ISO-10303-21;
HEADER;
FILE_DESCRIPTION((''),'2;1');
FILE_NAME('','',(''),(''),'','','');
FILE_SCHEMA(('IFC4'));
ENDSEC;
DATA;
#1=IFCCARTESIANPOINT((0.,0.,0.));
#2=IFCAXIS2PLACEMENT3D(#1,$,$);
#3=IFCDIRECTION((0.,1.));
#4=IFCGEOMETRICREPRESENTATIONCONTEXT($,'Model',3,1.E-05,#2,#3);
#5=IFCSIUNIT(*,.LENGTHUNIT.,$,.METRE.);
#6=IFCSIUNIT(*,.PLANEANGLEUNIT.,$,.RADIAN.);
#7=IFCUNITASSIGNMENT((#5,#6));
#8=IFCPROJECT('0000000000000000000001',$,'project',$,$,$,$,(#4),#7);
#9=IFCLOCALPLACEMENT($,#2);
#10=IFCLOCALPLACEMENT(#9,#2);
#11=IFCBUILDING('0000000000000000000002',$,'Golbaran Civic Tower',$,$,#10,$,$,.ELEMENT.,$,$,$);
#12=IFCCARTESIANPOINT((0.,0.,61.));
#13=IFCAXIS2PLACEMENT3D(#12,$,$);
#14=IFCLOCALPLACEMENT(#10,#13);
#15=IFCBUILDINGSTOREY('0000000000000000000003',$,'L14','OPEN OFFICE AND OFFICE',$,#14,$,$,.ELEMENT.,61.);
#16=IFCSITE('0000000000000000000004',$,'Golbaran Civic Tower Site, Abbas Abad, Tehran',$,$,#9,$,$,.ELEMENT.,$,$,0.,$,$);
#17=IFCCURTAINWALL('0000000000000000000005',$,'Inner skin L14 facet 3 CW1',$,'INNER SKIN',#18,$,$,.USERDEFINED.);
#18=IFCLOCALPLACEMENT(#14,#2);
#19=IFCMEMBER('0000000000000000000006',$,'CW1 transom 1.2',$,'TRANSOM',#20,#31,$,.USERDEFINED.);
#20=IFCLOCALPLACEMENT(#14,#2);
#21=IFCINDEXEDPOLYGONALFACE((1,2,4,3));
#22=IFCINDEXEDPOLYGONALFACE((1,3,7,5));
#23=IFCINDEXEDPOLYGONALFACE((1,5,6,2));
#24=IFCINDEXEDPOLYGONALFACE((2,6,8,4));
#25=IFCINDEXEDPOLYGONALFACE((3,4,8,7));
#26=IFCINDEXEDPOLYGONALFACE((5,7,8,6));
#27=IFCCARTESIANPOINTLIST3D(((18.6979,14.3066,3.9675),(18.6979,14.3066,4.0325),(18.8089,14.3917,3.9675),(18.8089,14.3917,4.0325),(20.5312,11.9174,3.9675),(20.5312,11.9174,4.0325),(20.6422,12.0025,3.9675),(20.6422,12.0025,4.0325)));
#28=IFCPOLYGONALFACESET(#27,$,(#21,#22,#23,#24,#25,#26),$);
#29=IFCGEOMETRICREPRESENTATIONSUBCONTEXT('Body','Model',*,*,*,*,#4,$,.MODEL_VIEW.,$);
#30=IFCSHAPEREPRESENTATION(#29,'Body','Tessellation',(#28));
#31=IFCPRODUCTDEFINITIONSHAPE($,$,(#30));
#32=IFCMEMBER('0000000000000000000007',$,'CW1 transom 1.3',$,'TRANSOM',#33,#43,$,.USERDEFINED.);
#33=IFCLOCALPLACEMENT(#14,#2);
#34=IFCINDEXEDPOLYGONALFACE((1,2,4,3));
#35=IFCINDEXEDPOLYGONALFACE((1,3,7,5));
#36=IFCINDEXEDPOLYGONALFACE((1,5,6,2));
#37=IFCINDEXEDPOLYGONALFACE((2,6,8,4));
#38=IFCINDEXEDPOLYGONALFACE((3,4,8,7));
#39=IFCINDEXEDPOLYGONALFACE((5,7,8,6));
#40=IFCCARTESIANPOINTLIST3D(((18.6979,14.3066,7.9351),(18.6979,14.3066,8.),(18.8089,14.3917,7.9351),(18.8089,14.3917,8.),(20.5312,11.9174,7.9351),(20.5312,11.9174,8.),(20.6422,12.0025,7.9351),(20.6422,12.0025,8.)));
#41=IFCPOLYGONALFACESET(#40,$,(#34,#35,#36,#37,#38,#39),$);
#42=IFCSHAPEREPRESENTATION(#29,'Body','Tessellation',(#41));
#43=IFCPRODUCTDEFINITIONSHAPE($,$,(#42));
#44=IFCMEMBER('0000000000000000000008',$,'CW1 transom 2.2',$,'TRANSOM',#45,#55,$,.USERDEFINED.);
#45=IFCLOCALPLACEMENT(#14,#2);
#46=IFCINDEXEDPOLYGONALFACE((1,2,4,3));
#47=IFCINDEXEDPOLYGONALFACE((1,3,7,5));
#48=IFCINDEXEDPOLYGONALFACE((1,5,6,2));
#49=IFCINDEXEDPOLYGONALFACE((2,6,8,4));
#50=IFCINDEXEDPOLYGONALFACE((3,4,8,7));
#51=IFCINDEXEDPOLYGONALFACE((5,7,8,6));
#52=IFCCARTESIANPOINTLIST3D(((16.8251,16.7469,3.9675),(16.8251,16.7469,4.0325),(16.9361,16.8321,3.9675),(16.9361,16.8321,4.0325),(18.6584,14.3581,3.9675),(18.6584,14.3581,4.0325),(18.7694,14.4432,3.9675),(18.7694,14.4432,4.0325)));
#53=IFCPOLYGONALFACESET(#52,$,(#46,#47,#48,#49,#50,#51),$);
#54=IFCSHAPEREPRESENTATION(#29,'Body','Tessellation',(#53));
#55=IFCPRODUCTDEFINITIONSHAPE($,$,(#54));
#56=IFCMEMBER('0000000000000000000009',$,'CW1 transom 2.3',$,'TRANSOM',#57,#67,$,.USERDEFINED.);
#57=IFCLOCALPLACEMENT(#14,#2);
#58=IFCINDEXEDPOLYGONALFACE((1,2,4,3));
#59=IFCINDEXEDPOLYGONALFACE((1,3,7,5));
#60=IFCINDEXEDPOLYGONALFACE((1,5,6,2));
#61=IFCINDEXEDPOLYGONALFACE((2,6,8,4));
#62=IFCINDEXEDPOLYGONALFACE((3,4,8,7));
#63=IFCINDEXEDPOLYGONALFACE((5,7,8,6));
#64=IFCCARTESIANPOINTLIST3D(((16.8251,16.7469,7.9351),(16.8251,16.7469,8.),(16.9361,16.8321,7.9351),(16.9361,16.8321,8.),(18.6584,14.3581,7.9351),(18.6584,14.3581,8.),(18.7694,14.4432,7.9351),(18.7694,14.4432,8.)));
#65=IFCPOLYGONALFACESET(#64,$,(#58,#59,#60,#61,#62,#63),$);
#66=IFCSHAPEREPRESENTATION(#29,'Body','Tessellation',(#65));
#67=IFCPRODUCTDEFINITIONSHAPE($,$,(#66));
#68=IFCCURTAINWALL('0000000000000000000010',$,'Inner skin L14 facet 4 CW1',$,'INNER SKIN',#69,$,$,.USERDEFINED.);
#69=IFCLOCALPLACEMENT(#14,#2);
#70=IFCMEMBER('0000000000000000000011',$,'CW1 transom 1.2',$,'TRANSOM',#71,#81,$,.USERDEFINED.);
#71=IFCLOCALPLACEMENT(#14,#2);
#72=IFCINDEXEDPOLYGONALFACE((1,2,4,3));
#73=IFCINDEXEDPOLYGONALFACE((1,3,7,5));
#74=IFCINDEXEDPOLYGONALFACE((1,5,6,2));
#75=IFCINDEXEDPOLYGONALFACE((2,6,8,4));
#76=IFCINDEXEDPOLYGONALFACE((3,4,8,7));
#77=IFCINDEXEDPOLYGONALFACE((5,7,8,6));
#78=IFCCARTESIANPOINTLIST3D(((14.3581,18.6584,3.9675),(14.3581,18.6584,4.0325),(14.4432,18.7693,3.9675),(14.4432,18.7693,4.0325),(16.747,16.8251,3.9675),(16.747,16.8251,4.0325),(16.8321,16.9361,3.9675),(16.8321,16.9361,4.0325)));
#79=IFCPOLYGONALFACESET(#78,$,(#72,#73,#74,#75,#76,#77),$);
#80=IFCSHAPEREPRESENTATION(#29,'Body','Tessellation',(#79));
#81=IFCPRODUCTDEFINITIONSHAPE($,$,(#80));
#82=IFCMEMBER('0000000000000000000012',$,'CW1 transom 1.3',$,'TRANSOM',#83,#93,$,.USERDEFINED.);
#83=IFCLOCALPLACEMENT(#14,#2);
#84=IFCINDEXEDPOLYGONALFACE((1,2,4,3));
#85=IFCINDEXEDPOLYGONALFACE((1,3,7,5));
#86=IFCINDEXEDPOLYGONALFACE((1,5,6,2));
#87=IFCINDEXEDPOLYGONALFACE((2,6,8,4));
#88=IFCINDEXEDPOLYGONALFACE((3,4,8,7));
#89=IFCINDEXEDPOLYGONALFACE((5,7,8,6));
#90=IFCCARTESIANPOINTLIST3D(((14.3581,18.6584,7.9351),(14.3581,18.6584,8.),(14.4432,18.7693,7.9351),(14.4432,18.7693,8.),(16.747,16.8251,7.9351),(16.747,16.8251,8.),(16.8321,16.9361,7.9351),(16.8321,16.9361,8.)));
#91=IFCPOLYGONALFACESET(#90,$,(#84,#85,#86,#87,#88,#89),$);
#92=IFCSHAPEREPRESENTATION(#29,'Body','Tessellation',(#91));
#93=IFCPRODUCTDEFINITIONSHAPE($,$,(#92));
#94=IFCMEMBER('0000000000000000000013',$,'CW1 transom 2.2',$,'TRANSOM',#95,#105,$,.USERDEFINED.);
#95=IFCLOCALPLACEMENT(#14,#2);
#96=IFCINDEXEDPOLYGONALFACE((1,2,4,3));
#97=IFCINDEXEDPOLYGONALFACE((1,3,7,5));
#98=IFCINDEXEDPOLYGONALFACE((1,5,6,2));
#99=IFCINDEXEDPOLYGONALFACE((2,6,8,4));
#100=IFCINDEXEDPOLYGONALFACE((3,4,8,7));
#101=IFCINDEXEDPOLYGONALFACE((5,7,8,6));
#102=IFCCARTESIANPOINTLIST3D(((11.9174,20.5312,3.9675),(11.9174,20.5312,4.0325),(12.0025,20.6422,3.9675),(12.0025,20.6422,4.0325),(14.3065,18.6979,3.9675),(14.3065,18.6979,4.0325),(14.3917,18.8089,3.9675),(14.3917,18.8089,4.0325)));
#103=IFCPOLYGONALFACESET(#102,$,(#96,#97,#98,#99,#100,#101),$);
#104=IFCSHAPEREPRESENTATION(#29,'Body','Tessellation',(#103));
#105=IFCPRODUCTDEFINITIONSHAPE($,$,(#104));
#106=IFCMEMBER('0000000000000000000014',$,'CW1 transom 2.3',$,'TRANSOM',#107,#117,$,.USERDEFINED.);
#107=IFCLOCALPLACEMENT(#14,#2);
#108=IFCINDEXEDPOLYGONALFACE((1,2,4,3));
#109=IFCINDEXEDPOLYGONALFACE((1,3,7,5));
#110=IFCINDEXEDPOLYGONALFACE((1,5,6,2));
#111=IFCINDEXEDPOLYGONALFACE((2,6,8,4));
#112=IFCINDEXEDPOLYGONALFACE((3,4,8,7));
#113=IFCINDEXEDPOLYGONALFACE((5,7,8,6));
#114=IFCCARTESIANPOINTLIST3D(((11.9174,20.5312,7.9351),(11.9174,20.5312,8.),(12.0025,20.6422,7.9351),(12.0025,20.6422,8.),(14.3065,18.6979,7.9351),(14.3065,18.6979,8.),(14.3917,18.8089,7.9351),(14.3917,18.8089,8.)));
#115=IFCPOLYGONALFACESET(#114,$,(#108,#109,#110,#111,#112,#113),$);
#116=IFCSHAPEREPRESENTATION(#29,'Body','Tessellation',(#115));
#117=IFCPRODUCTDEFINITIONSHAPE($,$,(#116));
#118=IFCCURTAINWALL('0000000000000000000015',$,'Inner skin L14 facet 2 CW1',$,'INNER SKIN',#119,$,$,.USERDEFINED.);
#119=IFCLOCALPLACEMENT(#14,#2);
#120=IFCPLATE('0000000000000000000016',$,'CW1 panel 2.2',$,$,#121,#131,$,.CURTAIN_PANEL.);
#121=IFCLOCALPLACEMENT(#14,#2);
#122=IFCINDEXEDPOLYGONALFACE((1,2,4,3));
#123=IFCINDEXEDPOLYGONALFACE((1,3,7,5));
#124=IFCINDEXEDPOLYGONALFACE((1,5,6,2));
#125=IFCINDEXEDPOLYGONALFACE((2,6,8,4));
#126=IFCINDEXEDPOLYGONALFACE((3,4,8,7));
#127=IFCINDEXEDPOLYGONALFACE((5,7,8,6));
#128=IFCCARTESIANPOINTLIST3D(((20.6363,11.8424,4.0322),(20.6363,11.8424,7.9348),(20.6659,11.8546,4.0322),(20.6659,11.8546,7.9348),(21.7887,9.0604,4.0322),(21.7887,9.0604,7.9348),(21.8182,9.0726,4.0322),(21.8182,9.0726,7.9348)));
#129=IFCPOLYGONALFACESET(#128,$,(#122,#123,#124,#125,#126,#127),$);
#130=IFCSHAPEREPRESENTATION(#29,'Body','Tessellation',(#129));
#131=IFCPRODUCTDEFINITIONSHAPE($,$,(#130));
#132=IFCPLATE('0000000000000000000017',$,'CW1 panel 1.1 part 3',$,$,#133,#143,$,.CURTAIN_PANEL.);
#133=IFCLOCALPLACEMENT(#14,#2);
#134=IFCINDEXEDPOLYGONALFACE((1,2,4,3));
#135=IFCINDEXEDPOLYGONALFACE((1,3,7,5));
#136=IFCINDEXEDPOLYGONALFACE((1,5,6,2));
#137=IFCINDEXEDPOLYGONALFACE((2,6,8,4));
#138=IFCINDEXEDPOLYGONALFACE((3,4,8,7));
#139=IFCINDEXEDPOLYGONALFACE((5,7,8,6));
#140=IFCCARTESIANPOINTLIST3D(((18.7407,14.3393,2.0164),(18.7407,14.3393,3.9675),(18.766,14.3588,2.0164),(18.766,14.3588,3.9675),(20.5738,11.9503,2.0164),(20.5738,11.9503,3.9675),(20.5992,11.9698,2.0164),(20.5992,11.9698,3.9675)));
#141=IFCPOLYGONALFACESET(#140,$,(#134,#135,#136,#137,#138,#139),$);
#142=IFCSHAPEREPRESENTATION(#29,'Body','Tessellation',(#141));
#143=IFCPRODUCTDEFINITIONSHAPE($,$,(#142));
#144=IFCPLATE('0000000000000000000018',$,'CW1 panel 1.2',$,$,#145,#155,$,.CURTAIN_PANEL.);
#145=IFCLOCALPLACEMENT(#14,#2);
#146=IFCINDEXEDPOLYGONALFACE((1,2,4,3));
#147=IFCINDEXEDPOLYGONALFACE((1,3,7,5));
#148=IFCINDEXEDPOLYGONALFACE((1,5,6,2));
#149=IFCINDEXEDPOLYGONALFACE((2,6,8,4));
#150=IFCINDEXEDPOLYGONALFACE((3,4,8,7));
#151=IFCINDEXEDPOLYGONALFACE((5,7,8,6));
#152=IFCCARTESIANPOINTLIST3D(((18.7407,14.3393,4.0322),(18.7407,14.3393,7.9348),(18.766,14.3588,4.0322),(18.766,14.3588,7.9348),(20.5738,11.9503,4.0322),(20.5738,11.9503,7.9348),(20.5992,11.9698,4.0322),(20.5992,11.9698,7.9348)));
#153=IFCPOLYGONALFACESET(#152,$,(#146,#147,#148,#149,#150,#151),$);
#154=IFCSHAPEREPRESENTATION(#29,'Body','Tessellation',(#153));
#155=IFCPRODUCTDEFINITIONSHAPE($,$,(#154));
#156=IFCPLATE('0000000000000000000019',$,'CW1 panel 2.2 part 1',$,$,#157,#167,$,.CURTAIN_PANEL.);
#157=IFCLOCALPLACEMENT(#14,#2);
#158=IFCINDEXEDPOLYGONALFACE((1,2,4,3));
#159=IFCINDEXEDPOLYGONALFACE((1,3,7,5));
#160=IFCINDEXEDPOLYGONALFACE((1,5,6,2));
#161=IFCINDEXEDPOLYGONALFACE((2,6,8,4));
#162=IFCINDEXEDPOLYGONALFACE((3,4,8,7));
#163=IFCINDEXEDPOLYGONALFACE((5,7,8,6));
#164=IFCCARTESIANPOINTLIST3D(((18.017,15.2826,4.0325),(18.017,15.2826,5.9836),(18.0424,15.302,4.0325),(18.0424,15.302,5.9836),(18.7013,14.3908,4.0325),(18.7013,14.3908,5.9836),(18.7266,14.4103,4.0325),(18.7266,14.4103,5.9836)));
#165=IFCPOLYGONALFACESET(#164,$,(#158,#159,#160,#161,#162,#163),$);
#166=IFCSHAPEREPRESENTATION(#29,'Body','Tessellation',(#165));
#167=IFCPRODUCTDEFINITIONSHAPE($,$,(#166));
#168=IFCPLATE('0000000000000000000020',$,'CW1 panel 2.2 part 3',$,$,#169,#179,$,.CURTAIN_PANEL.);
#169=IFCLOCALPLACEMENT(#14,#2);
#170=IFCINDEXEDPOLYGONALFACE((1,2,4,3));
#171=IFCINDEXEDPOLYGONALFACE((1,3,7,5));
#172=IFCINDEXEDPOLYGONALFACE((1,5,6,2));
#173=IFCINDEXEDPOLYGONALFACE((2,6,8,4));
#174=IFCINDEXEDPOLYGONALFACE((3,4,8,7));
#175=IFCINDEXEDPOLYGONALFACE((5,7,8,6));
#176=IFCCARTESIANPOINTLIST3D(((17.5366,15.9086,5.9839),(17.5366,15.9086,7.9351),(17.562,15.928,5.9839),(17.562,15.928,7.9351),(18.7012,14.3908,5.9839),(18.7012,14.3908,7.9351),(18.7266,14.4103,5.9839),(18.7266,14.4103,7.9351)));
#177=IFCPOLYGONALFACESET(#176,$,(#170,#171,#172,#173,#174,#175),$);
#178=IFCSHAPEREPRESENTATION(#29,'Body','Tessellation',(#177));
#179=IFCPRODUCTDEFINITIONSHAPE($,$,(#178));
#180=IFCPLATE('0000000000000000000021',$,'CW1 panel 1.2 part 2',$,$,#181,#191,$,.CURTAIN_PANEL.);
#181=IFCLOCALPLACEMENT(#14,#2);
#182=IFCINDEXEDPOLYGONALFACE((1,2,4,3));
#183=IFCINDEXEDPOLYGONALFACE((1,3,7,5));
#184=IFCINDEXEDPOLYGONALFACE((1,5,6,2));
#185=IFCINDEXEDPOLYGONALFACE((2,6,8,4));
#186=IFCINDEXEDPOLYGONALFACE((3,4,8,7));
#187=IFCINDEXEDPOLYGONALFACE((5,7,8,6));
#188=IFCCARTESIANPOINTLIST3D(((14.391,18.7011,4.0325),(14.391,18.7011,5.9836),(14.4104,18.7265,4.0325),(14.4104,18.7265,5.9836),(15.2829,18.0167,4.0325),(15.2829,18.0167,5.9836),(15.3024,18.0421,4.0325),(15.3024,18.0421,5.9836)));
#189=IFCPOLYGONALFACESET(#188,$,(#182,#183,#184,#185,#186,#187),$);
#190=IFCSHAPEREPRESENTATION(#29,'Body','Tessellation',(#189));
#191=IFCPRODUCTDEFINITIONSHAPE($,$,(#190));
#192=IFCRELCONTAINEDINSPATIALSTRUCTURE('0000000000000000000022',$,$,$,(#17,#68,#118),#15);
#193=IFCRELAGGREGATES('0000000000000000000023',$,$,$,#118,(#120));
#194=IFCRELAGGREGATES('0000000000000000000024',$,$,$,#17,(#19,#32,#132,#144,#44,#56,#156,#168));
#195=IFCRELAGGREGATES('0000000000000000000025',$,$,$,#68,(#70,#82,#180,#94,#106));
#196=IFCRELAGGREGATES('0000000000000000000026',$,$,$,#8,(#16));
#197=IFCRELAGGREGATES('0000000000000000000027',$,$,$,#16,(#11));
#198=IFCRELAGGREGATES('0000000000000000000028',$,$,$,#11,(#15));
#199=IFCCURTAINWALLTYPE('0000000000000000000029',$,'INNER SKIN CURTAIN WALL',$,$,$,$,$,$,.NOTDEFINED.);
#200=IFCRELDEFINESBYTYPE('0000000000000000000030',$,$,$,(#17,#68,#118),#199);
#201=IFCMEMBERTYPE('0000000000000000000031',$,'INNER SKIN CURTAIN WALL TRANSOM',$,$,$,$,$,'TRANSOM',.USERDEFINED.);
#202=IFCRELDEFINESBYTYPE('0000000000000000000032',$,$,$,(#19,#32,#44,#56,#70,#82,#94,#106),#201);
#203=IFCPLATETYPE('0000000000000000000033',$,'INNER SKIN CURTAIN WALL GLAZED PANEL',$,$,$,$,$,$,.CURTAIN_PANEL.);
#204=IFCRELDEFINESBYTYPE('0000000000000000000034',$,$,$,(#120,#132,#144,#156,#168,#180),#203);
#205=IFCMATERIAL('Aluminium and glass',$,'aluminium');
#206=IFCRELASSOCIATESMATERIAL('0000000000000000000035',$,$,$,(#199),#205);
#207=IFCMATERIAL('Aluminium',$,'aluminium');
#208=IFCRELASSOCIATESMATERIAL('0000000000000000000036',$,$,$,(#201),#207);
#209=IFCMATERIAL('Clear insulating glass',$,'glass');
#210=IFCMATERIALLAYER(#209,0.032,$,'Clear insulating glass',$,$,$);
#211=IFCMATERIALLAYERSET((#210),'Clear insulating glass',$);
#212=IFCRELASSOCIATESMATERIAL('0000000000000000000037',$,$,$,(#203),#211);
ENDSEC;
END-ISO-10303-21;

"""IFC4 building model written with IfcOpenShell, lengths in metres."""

from ifc_helpers import new_model, si_unit, direction, frame, origin, origin_2d, place, context, subcontext, project, spatial, rectangle, extrude, material, layer, layer_set, material_profile, profile_set, type_object, element, aggregate, save


model = new_model("IFC4")

# Units and contexts
model_context = context("Model", 3, precision=1e-05, world=origin(), true_north=direction((0.0, 1.0)))
body_context = subcontext(model_context, "Body", "Model", "MODEL_VIEW")
ifc_project = project(units=[si_unit("LENGTHUNIT", "METRE"), si_unit("PLANEANGLEUNIT", "RADIAN")], contexts=[model_context])

# Site, building, storey
site_placement = place(None, origin())
site = spatial("IfcSite", under=ifc_project, at=site_placement, Name="Golbaran Civic Tower Site, Abbas Abad, Tehran", CompositionType="ELEMENT", RefElevation=0.0)
building_placement = place(site_placement, origin())
building = spatial("IfcBuilding", under=site, at=building_placement, Name="Golbaran Civic Tower", CompositionType="ELEMENT")
storey_placement = place(building_placement, frame((0.0, 0.0, 61.0)))
storey = spatial("IfcBuildingStorey", under=building, at=storey_placement, Name="L14", Description="OPEN OFFICE AND OFFICE", CompositionType="ELEMENT", Elevation=61.0)

# Curtain walls, members
ifc_material_1 = material(Name="Aluminium and glass", Category="aluminium")
curtain_wall_type = type_object("IfcCurtainWallType", Name="INNER SKIN CURTAIN WALL", PredefinedType="NOTDEFINED", material=ifc_material_1)
curtain_wall_1_placement = place(storey_placement, origin())
curtain_wall_1 = element("IfcCurtainWall", 1, at=curtain_wall_1_placement, inside=storey, type_object=curtain_wall_type, Name="Inner skin L14 facet 3 CW1", ObjectType="INNER SKIN", PredefinedType="USERDEFINED")
ifc_material_2 = material(Name="Aluminium", Category="aluminium")
ifc_material_profile = material_profile(ifc_material_2, rectangle(XDim=0.1399, YDim=0.0649, at=origin_2d()), Name="INNER SKIN CURTAIN WALL TRANSOM")
ifc_profile_set = profile_set([ifc_material_profile], Name="Aluminium")
member_type = type_object("IfcMemberType", Name="INNER SKIN CURTAIN WALL TRANSOM", ElementType="TRANSOM", PredefinedType="USERDEFINED", material=ifc_profile_set)
member_1_placement = place(storey_placement, frame((20.5867, 11.96, 4.0), z_axis=(-0.608758, 0.793356, 0.0), x_axis=(-0.793356, -0.608758, 0.0)))
member_1 = element("IfcMember", 2, at=member_1_placement, type_object=member_type, Name="CW1 transom 1.2", ObjectType="TRANSOM", PredefinedType="USERDEFINED", context=body_context, shape_type="SweptSolid", body=[
    extrude(rectangle(XDim=0.1399, YDim=0.0649, at=origin_2d()), origin(), (0.0, 0.0, 1.0), 3.0115),
])
member_2_placement = place(storey_placement, frame((20.5867, 11.96, 7.9675), z_axis=(-0.608758, 0.793356, 0.0), x_axis=(-0.793356, -0.608758, 0.0)))
member_2 = element("IfcMember", 3, at=member_2_placement, type_object=member_type, Name="CW1 transom 1.3", ObjectType="TRANSOM", PredefinedType="USERDEFINED", context=body_context, shape_type="SweptSolid", body=[
    extrude(rectangle(XDim=0.1399, YDim=0.0649, at=origin_2d()), origin(), (0.0, 0.0, 1.0), 3.0115),
])
member_3_placement = place(storey_placement, frame((18.7139, 14.4006, 4.0), z_axis=(-0.608797, 0.793326, 0.0), x_axis=(-0.793326, -0.608797, 0.0)))
member_3 = element("IfcMember", 4, at=member_3_placement, type_object=member_type, Name="CW1 transom 2.2", ObjectType="TRANSOM", PredefinedType="USERDEFINED", context=body_context, shape_type="SweptSolid", body=[
    extrude(rectangle(XDim=0.1399, YDim=0.0649, at=origin_2d()), origin(), (0.0, 0.0, 1.0), 3.0112),
])
member_4_placement = place(storey_placement, frame((18.7139, 14.4006, 7.9675), z_axis=(-0.608797, 0.793326, 0.0), x_axis=(-0.793326, -0.608797, 0.0)))
member_4 = element("IfcMember", 5, at=member_4_placement, type_object=member_type, Name="CW1 transom 2.3", ObjectType="TRANSOM", PredefinedType="USERDEFINED", context=body_context, shape_type="SweptSolid", body=[
    extrude(rectangle(XDim=0.1399, YDim=0.0649, at=origin_2d()), origin(), (0.0, 0.0, 1.0), 3.0112),
])
curtain_wall_2_placement = place(storey_placement, origin())
curtain_wall_2 = element("IfcCurtainWall", 6, at=curtain_wall_2_placement, inside=storey, type_object=curtain_wall_type, Name="Inner skin L14 facet 4 CW1", ObjectType="INNER SKIN", PredefinedType="USERDEFINED")
member_5_placement = place(storey_placement, frame((16.7896, 16.8806, 4.0), z_axis=(-0.793326, 0.608797, 0.0), x_axis=(-0.608797, -0.793326, 0.0)))
member_5 = element("IfcMember", 7, at=member_5_placement, type_object=member_type, Name="CW1 transom 1.2", ObjectType="TRANSOM", PredefinedType="USERDEFINED", context=body_context, shape_type="SweptSolid", body=[
    extrude(rectangle(XDim=0.1399, YDim=0.0649, at=origin_2d()), origin(), (0.0, 0.0, 1.0), 3.0112),
])
member_6_placement = place(storey_placement, frame((16.7896, 16.8806, 7.9675), z_axis=(-0.793326, 0.608797, 0.0), x_axis=(-0.608797, -0.793326, 0.0)))
member_6 = element("IfcMember", 8, at=member_6_placement, type_object=member_type, Name="CW1 transom 1.3", ObjectType="TRANSOM", PredefinedType="USERDEFINED", context=body_context, shape_type="SweptSolid", body=[
    extrude(rectangle(XDim=0.1399, YDim=0.0649, at=origin_2d()), origin(), (0.0, 0.0, 1.0), 3.0112),
])
member_7_placement = place(storey_placement, frame((14.3491, 18.7534, 4.0), z_axis=(-0.793356, 0.608758, 0.0), x_axis=(-0.608758, -0.793356, 0.0)))
member_7 = element("IfcMember", 9, at=member_7_placement, type_object=member_type, Name="CW1 transom 2.2", ObjectType="TRANSOM", PredefinedType="USERDEFINED", context=body_context, shape_type="SweptSolid", body=[
    extrude(rectangle(XDim=0.1399, YDim=0.0649, at=origin_2d()), origin(), (0.0, 0.0, 1.0), 3.0115),
])
member_8_placement = place(storey_placement, frame((14.3491, 18.7534, 7.9675), z_axis=(-0.793356, 0.608758, 0.0), x_axis=(-0.608758, -0.793356, 0.0)))
member_8 = element("IfcMember", 10, at=member_8_placement, type_object=member_type, Name="CW1 transom 2.3", ObjectType="TRANSOM", PredefinedType="USERDEFINED", context=body_context, shape_type="SweptSolid", body=[
    extrude(rectangle(XDim=0.1399, YDim=0.0649, at=origin_2d()), origin(), (0.0, 0.0, 1.0), 3.0115),
])

# Curtain wall, plate
curtain_wall_3_placement = place(storey_placement, origin())
curtain_wall_3 = element("IfcCurtainWall", 11, at=curtain_wall_3_placement, inside=storey, type_object=curtain_wall_type, Name="Inner skin L14 facet 2 CW1", ObjectType="INNER SKIN", PredefinedType="USERDEFINED")
ifc_material_3 = material(Name="Clear insulating glass", Category="glass")
ifc_layer_1 = layer(ifc_material_3, 0.032, Name="Clear insulating glass")
ifc_layer_set_1 = layer_set([ifc_layer_1], Name="Clear insulating glass")
plate_type_1 = type_object("IfcPlateType", Name="INNER SKIN CURTAIN WALL GLAZED PANEL", PredefinedType="CURTAIN_PANEL", material=ifc_layer_set_1)
plate_1_placement = place(storey_placement, frame((21.2273, 10.4575, 4.0322), z_axis=(0.0, 0.0, 1.0), x_axis=(-0.382683, 0.92388, 0.0)))
plate_1 = element("IfcPlate", 12, at=plate_1_placement, type_object=plate_type_1, Name="CW1 panel 2.2", PredefinedType="CURTAIN_PANEL", context=body_context, shape_type="SweptSolid", body=[
    extrude(rectangle(XDim=3.0112, YDim=0.032, at=origin_2d()), origin(), (0.0, 0.0, 1.0), 3.9026),
])
aggregate(curtain_wall_3, [plate_1])

# Plates
plate_2_placement = place(storey_placement, frame((19.6699, 13.1545, 2.0164), z_axis=(0.0, 0.0, 1.0), x_axis=(-0.608761, 0.793353, 0.0)))
plate_2 = element("IfcPlate", 13, at=plate_2_placement, type_object=plate_type_1, Name="CW1 panel 1.1 part 3", PredefinedType="CURTAIN_PANEL", context=body_context, shape_type="SweptSolid", body=[
    extrude(rectangle(XDim=3.0112, YDim=0.032, at=origin_2d()), origin(), (0.0, 0.0, 1.0), 1.9512),
])
plate_3_placement = place(storey_placement, frame((19.6699, 13.1545, 4.0322), z_axis=(0.0, 0.0, 1.0), x_axis=(-0.608761, 0.793353, 0.0)))
plate_3 = element("IfcPlate", 14, at=plate_3_placement, type_object=plate_type_1, Name="CW1 panel 1.2", PredefinedType="CURTAIN_PANEL", context=body_context, shape_type="SweptSolid", body=[
    extrude(rectangle(XDim=3.0112, YDim=0.032, at=origin_2d()), origin(), (0.0, 0.0, 1.0), 3.9026),
])
plate_4_placement = place(storey_placement, frame((18.3718, 14.8464, 4.0325), z_axis=(0.0, 0.0, 1.0), x_axis=(-0.608761, 0.793353, 0.0)))
plate_4 = element("IfcPlate", 15, at=plate_4_placement, type_object=plate_type_1, Name="CW1 panel 2.2 part 1", PredefinedType="CURTAIN_PANEL", context=body_context, shape_type="SweptSolid", body=[
    extrude(rectangle(XDim=1.124, YDim=0.032, at=origin_2d()), origin(), (0.0, 0.0, 1.0), 1.9512),
])
plate_5_placement = place(storey_placement, frame((18.1316, 15.1594, 5.9839), z_axis=(0.0, 0.0, 1.0), x_axis=(-0.608761, 0.793353, 0.0)))
plate_5 = element("IfcPlate", 16, at=plate_5_placement, type_object=plate_type_1, Name="CW1 panel 2.2 part 3", PredefinedType="CURTAIN_PANEL", context=body_context, shape_type="SweptSolid", body=[
    extrude(rectangle(XDim=1.9131, YDim=0.032, at=origin_2d()), origin(), (0.0, 0.0, 1.0), 1.9512),
])
plate_6_placement = place(storey_placement, frame((14.8467, 18.3716, 4.0325), z_axis=(0.0, 0.0, 1.0), x_axis=(-0.793353, 0.608761, 0.0)))
plate_6 = element("IfcPlate", 17, at=plate_6_placement, type_object=plate_type_1, Name="CW1 panel 1.2 part 2", PredefinedType="CURTAIN_PANEL", context=body_context, shape_type="SweptSolid", body=[
    extrude(rectangle(XDim=1.1243, YDim=0.032, at=origin_2d()), origin(), (0.0, 0.0, 1.0), 1.9512),
])
aggregate(curtain_wall_1, [member_1, member_2, plate_2, plate_3, member_3, member_4, plate_4, plate_5])
aggregate(curtain_wall_2, [member_5, member_6, plate_6, member_7, member_8])

save(model, "model.ifc")
